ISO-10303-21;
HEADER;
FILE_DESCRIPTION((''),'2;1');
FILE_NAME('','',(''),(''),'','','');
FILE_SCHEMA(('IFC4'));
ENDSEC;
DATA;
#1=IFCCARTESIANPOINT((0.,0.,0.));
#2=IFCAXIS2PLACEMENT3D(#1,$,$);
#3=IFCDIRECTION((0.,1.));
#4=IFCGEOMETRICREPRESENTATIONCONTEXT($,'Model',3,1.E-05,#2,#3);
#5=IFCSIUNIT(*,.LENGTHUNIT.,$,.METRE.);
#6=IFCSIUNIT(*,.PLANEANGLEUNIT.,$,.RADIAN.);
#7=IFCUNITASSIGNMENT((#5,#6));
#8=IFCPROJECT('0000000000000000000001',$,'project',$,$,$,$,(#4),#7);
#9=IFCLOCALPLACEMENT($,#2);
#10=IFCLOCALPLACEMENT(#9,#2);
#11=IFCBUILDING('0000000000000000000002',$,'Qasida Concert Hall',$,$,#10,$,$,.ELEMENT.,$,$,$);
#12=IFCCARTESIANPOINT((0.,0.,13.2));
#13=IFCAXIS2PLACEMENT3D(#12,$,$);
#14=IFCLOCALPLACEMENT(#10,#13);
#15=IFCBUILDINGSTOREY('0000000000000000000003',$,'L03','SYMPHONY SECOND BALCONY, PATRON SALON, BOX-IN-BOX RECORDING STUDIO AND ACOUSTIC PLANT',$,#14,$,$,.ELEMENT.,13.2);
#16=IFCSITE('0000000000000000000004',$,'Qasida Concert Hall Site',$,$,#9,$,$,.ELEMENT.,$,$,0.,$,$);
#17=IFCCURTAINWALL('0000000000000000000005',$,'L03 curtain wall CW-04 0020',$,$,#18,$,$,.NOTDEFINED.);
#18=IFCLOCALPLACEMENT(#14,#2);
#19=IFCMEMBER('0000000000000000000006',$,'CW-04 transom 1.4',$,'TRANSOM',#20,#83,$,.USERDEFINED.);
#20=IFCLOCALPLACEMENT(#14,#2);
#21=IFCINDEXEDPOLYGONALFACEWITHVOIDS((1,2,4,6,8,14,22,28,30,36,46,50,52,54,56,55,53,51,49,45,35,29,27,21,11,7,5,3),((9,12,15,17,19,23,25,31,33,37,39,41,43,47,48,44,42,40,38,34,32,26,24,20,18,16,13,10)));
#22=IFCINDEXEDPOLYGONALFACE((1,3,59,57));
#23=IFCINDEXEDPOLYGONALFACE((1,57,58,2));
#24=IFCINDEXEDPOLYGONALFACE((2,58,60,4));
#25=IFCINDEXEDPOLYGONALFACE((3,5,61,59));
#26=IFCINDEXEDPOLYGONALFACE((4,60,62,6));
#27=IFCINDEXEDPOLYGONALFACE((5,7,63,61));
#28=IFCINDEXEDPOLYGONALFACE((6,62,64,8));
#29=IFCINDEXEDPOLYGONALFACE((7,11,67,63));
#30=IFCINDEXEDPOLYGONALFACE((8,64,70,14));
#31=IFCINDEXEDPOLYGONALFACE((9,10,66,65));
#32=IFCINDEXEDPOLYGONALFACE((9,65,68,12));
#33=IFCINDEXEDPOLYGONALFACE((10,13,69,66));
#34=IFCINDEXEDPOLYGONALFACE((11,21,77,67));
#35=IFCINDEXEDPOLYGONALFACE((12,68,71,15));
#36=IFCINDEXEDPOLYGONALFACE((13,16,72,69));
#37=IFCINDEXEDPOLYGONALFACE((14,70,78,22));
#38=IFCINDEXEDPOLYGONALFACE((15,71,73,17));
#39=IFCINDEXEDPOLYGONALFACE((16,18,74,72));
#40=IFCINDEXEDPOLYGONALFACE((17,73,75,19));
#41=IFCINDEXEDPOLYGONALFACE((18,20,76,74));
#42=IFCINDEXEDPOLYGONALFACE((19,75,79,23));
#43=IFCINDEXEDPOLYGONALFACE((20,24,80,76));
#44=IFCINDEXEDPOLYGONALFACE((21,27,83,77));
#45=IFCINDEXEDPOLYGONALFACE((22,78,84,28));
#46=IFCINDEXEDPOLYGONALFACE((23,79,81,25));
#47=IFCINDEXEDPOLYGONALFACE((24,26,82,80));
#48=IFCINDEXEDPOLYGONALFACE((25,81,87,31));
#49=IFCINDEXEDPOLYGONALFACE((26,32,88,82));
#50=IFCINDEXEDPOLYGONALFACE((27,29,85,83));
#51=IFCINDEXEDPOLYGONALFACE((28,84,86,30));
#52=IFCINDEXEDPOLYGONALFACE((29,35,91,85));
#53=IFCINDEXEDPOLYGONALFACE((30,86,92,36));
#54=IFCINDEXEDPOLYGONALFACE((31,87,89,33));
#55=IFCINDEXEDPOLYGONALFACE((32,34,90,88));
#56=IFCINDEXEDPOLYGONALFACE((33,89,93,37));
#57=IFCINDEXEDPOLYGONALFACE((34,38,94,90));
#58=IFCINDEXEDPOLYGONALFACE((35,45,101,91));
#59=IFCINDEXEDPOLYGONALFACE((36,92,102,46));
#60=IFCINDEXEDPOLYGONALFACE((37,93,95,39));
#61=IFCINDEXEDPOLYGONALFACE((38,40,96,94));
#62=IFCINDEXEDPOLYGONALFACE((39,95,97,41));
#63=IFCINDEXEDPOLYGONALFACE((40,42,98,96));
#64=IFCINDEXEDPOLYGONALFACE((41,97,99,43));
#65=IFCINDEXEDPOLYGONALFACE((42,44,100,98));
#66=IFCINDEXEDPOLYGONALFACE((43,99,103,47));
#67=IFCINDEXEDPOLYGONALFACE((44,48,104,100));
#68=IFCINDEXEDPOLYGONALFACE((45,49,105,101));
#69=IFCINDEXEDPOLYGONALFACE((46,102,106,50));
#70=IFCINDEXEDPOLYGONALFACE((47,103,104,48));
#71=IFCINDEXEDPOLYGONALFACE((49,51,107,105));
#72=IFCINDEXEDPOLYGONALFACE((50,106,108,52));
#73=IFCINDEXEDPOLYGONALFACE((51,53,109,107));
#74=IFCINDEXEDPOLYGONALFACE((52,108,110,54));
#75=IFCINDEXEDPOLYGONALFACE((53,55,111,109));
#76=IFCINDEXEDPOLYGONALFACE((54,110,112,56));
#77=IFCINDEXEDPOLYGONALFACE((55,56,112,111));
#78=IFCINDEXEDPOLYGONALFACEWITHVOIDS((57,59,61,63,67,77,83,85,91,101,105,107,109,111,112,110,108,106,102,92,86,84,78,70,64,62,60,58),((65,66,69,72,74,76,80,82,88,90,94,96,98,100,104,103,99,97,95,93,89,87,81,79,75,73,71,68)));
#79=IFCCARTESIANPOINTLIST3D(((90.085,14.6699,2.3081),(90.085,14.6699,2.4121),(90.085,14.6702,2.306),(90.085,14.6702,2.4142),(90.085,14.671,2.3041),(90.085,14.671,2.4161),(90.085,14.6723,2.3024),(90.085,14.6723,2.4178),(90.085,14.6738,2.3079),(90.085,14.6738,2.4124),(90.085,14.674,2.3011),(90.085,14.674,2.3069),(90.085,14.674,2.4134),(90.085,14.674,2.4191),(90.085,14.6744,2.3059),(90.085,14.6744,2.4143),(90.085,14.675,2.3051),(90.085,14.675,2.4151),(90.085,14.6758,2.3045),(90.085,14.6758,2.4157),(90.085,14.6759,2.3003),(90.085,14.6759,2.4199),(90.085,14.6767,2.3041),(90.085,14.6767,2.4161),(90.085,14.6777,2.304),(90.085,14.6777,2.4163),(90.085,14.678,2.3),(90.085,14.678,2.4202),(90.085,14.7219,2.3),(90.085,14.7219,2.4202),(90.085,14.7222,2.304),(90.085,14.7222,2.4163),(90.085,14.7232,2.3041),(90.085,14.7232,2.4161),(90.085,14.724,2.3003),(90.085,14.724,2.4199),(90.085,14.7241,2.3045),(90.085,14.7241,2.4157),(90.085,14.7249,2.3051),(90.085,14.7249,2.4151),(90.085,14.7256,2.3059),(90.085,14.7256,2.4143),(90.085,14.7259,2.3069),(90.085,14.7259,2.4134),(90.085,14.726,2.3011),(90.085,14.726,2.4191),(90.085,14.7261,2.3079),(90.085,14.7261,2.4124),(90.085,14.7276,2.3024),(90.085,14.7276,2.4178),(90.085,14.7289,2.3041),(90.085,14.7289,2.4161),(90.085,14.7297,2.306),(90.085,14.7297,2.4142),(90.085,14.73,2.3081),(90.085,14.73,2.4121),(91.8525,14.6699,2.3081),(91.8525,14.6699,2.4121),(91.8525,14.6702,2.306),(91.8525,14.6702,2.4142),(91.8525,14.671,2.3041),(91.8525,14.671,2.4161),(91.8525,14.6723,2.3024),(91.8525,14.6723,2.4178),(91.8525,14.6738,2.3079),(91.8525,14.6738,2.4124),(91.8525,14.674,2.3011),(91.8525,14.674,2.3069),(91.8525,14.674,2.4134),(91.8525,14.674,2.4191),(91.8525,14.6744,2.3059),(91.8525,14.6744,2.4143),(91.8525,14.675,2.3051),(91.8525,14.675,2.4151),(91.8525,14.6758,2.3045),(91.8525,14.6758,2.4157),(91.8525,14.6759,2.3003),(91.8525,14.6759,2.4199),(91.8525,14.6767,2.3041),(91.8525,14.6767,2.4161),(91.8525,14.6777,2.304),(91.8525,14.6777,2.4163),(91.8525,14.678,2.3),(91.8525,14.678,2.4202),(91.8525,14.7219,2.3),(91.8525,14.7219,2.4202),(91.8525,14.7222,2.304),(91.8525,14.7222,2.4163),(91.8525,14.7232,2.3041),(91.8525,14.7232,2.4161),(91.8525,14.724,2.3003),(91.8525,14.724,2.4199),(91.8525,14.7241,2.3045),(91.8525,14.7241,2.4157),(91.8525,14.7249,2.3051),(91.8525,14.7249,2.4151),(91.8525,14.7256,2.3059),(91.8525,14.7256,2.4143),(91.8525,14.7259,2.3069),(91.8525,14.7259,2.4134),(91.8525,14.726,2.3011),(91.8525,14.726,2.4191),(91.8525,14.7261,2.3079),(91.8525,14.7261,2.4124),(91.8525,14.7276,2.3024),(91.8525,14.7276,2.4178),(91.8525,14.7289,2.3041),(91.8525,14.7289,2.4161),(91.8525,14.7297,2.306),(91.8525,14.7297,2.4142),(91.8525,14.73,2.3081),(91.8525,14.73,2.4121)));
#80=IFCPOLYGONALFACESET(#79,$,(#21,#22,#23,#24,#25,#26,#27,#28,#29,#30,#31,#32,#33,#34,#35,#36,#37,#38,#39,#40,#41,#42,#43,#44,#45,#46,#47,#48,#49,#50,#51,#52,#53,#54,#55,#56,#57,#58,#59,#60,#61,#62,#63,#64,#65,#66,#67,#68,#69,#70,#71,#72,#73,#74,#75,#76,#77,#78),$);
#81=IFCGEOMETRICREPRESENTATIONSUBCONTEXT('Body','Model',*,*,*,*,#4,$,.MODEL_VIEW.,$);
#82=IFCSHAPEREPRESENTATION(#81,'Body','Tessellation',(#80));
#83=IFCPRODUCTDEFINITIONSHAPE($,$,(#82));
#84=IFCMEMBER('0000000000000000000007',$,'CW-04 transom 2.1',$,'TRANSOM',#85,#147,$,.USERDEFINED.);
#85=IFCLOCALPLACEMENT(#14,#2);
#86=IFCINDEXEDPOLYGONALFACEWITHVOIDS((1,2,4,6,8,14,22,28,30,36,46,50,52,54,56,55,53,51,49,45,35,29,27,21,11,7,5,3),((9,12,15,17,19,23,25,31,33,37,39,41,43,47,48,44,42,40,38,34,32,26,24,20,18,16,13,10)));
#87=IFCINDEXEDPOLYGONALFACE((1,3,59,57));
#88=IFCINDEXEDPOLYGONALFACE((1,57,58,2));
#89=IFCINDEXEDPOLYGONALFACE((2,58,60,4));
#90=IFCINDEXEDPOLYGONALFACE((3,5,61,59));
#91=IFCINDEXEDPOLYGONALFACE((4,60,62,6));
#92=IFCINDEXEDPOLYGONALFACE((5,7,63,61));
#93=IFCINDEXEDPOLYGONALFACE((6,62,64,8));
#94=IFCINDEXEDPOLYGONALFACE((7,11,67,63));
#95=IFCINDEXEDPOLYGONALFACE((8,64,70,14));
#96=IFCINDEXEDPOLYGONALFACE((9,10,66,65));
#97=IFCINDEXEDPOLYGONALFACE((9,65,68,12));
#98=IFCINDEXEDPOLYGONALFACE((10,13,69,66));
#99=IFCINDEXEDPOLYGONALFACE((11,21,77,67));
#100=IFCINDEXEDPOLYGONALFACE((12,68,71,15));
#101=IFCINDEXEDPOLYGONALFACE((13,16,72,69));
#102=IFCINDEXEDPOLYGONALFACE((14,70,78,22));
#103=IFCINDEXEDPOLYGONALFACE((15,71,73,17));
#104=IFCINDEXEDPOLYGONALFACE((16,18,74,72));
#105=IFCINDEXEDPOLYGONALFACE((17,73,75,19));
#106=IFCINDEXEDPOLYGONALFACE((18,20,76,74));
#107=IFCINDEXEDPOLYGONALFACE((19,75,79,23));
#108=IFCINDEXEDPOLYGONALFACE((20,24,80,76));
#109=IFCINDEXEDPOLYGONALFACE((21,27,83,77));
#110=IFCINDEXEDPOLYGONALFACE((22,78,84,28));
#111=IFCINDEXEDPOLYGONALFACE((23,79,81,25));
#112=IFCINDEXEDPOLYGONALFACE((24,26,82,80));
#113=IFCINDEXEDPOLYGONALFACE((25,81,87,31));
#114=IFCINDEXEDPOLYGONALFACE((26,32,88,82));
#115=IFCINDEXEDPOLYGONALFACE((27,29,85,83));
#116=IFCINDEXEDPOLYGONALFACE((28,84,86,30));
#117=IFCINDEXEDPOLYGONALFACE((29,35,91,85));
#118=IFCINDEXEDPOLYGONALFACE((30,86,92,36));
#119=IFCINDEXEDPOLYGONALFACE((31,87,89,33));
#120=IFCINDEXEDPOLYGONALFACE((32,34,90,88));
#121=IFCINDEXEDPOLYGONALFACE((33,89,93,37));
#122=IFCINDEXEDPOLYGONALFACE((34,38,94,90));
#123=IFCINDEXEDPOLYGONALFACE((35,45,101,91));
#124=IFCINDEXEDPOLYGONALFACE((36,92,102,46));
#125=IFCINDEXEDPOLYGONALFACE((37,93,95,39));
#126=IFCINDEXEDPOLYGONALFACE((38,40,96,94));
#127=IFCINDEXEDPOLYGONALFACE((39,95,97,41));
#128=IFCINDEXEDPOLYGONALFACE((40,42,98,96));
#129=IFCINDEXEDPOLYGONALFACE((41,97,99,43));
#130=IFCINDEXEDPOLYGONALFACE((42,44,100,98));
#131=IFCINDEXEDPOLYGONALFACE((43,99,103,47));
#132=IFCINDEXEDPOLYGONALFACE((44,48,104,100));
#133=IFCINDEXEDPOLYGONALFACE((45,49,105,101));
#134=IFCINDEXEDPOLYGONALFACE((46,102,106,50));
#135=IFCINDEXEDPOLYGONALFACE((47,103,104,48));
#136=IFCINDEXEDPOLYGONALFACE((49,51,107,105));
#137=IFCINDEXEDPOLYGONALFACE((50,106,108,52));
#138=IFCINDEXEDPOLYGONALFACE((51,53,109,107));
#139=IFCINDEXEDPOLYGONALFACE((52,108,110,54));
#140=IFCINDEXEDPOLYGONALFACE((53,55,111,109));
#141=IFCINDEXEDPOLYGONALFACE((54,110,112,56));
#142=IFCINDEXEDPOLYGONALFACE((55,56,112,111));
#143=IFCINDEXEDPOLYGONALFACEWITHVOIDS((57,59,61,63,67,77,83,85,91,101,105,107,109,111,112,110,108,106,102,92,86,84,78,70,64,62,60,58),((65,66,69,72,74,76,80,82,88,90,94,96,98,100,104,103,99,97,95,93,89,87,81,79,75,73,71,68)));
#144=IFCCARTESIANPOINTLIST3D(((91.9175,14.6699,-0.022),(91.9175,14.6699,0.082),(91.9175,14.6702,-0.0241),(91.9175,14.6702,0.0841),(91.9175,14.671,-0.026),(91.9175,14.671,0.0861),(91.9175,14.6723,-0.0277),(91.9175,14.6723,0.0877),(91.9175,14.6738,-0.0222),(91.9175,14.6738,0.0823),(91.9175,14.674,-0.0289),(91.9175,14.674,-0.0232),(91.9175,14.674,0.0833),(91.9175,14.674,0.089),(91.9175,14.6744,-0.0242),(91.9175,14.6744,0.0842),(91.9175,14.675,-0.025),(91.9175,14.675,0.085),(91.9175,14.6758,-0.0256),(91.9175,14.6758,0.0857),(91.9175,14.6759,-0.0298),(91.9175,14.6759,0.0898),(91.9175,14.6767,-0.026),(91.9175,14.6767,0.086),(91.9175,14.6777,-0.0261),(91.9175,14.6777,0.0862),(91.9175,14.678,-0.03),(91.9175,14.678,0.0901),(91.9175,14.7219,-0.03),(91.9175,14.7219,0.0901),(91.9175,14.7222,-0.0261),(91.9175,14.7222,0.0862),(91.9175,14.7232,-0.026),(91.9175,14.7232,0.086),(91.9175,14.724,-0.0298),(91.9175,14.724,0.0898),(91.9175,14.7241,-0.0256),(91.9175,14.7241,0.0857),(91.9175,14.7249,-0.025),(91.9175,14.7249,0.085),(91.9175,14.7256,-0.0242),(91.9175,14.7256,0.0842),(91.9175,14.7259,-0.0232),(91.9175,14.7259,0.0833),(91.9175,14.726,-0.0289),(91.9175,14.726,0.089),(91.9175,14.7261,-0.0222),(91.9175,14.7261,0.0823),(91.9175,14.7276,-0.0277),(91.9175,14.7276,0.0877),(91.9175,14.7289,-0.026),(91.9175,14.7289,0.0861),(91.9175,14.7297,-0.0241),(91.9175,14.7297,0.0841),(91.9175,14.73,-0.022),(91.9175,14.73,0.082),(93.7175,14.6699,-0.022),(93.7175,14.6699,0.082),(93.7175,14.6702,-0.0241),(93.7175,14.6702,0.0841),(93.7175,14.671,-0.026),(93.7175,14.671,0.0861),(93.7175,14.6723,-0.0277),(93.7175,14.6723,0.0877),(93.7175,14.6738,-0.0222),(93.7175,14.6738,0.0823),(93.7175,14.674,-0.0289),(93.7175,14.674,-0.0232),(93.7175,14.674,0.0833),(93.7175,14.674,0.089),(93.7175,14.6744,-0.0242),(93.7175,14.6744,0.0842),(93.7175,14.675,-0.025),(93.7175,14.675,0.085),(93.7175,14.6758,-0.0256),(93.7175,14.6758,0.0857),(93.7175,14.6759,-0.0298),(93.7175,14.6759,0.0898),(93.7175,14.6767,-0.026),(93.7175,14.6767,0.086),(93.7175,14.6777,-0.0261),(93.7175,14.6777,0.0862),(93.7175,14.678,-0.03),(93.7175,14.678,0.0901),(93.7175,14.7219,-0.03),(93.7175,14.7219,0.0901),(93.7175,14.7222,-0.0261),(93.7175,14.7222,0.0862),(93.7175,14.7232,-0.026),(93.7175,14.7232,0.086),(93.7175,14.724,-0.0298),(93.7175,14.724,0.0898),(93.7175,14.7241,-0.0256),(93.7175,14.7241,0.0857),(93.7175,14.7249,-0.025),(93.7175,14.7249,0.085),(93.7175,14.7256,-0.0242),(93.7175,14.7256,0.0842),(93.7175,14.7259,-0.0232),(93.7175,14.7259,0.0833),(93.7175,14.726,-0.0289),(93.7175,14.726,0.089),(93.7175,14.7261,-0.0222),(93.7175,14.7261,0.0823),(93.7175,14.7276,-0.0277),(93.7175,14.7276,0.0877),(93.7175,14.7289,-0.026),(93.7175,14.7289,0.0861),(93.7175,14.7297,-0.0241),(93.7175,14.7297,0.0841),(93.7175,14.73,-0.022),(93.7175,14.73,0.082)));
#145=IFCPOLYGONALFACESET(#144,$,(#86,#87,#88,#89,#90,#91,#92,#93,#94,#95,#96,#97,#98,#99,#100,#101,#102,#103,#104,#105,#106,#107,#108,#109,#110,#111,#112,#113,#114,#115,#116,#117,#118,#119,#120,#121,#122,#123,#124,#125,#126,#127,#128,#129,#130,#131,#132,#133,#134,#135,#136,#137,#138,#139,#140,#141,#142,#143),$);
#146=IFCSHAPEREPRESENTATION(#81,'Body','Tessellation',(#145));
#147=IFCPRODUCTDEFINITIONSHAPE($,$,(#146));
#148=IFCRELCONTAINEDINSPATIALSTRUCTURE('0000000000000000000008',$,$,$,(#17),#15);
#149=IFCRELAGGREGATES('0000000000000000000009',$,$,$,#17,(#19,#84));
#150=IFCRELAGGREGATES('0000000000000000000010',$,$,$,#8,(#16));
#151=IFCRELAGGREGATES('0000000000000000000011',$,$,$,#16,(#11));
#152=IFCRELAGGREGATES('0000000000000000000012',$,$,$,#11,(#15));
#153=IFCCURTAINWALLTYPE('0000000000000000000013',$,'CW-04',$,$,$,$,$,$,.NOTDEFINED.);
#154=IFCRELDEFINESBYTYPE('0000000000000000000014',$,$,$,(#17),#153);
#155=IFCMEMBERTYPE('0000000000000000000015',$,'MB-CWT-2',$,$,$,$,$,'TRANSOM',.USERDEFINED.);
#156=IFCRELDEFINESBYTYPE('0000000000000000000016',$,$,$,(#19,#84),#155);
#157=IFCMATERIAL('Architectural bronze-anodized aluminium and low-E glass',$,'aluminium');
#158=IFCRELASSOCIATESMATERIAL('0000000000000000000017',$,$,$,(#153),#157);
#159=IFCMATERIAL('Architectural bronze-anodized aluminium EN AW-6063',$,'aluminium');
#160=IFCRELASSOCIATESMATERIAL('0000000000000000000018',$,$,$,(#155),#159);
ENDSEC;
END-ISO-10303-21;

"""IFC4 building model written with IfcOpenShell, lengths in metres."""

from ifc_helpers import new_model, si_unit, direction, frame, origin, origin_2d, place, context, subcontext, project, spatial, hollow_rectangle, extrude, material, material_profile, profile_set, type_object, element, aggregate, save


model = new_model("IFC4")

# Units and contexts
model_context = context("Model", 3, precision=1e-05, world=origin(), true_north=direction((0.0, 1.0)))
body_context = subcontext(model_context, "Body", "Model", "MODEL_VIEW")
ifc_project = project(units=[si_unit("LENGTHUNIT", "METRE"), si_unit("PLANEANGLEUNIT", "RADIAN")], contexts=[model_context])

# Site, building, storey
site_placement = place(None, origin())
site = spatial("IfcSite", under=ifc_project, at=site_placement, Name="Qasida Concert Hall Site", CompositionType="ELEMENT", RefElevation=0.0)
building_placement = place(site_placement, origin())
building = spatial("IfcBuilding", under=site, at=building_placement, Name="Qasida Concert Hall", CompositionType="ELEMENT")
storey_placement = place(building_placement, frame((0.0, 0.0, 13.2)))
storey = spatial("IfcBuildingStorey", under=building, at=storey_placement, Name="L03", Description="SYMPHONY SECOND BALCONY, PATRON SALON, BOX-IN-BOX RECORDING STUDIO AND ACOUSTIC PLANT", CompositionType="ELEMENT", Elevation=13.2)

# Shared definitions
ifc_material_1 = material(Name="Architectural bronze-anodized aluminium and low-E glass", Category="aluminium")
curtain_wall_type = type_object("IfcCurtainWallType", Name="CW-04", PredefinedType="NOTDEFINED", material=ifc_material_1)
ifc_material_2 = material(Name="Architectural bronze-anodized aluminium EN AW-6063", Category="aluminium")

# Curtain wall, members
curtain_wall_1_placement = place(storey_placement, origin())
curtain_wall_1 = element("IfcCurtainWall", 1, at=curtain_wall_1_placement, inside=storey, type_object=curtain_wall_type, Name="L03 curtain wall CW-04 0020", PredefinedType="NOTDEFINED")
ifc_material_profile_1 = material_profile(ifc_material_2, hollow_rectangle(XDim=0.0601, YDim=0.1201, WallThickness=0.0039, InnerFilletRadius=0.0039, OuterFilletRadius=0.0081, at=origin_2d()), Name="CWT 120x60x4")
ifc_profile_set_1 = profile_set([ifc_material_profile_1], Name="Architectural bronze-anodized aluminium EN AW-6063")
member_type_1 = type_object("IfcMemberType", Name="MB-CWT-2", ElementType="TRANSOM", PredefinedType="USERDEFINED", material=ifc_profile_set_1)
member_1_placement = place(storey_placement, frame((90.085, 14.7, 2.3601), z_axis=(1.0, 0.0, 0.0), x_axis=(0.0, 1.0, 0.0)))
member_1 = element("IfcMember", 2, at=member_1_placement, type_object=member_type_1, Name="CW-04 transom 1.4", ObjectType="TRANSOM", PredefinedType="USERDEFINED", context=body_context, shape_type="SweptSolid", body=[
    extrude(hollow_rectangle(XDim=0.0601, YDim=0.1201, WallThickness=0.0039, InnerFilletRadius=0.0039, OuterFilletRadius=0.0081, at=origin_2d()), origin(), (0.0, 0.0, 1.0), 1.7676),
])
member_2_placement = place(storey_placement, frame((91.9175, 14.7, 0.03), z_axis=(1.0, 0.0, 0.0), x_axis=(0.0, 1.0, 0.0)))
member_2 = element("IfcMember", 3, at=member_2_placement, type_object=member_type_1, Name="CW-04 transom 2.1", ObjectType="TRANSOM", PredefinedType="USERDEFINED", context=body_context, shape_type="SweptSolid", body=[
    extrude(hollow_rectangle(XDim=0.0601, YDim=0.1201, WallThickness=0.0039, InnerFilletRadius=0.0039, OuterFilletRadius=0.0081, at=origin_2d()), origin(), (0.0, 0.0, 1.0), 1.8),
])

aggregate(curtain_wall_1, [member_1, member_2])

save(model, "model.ifc")
